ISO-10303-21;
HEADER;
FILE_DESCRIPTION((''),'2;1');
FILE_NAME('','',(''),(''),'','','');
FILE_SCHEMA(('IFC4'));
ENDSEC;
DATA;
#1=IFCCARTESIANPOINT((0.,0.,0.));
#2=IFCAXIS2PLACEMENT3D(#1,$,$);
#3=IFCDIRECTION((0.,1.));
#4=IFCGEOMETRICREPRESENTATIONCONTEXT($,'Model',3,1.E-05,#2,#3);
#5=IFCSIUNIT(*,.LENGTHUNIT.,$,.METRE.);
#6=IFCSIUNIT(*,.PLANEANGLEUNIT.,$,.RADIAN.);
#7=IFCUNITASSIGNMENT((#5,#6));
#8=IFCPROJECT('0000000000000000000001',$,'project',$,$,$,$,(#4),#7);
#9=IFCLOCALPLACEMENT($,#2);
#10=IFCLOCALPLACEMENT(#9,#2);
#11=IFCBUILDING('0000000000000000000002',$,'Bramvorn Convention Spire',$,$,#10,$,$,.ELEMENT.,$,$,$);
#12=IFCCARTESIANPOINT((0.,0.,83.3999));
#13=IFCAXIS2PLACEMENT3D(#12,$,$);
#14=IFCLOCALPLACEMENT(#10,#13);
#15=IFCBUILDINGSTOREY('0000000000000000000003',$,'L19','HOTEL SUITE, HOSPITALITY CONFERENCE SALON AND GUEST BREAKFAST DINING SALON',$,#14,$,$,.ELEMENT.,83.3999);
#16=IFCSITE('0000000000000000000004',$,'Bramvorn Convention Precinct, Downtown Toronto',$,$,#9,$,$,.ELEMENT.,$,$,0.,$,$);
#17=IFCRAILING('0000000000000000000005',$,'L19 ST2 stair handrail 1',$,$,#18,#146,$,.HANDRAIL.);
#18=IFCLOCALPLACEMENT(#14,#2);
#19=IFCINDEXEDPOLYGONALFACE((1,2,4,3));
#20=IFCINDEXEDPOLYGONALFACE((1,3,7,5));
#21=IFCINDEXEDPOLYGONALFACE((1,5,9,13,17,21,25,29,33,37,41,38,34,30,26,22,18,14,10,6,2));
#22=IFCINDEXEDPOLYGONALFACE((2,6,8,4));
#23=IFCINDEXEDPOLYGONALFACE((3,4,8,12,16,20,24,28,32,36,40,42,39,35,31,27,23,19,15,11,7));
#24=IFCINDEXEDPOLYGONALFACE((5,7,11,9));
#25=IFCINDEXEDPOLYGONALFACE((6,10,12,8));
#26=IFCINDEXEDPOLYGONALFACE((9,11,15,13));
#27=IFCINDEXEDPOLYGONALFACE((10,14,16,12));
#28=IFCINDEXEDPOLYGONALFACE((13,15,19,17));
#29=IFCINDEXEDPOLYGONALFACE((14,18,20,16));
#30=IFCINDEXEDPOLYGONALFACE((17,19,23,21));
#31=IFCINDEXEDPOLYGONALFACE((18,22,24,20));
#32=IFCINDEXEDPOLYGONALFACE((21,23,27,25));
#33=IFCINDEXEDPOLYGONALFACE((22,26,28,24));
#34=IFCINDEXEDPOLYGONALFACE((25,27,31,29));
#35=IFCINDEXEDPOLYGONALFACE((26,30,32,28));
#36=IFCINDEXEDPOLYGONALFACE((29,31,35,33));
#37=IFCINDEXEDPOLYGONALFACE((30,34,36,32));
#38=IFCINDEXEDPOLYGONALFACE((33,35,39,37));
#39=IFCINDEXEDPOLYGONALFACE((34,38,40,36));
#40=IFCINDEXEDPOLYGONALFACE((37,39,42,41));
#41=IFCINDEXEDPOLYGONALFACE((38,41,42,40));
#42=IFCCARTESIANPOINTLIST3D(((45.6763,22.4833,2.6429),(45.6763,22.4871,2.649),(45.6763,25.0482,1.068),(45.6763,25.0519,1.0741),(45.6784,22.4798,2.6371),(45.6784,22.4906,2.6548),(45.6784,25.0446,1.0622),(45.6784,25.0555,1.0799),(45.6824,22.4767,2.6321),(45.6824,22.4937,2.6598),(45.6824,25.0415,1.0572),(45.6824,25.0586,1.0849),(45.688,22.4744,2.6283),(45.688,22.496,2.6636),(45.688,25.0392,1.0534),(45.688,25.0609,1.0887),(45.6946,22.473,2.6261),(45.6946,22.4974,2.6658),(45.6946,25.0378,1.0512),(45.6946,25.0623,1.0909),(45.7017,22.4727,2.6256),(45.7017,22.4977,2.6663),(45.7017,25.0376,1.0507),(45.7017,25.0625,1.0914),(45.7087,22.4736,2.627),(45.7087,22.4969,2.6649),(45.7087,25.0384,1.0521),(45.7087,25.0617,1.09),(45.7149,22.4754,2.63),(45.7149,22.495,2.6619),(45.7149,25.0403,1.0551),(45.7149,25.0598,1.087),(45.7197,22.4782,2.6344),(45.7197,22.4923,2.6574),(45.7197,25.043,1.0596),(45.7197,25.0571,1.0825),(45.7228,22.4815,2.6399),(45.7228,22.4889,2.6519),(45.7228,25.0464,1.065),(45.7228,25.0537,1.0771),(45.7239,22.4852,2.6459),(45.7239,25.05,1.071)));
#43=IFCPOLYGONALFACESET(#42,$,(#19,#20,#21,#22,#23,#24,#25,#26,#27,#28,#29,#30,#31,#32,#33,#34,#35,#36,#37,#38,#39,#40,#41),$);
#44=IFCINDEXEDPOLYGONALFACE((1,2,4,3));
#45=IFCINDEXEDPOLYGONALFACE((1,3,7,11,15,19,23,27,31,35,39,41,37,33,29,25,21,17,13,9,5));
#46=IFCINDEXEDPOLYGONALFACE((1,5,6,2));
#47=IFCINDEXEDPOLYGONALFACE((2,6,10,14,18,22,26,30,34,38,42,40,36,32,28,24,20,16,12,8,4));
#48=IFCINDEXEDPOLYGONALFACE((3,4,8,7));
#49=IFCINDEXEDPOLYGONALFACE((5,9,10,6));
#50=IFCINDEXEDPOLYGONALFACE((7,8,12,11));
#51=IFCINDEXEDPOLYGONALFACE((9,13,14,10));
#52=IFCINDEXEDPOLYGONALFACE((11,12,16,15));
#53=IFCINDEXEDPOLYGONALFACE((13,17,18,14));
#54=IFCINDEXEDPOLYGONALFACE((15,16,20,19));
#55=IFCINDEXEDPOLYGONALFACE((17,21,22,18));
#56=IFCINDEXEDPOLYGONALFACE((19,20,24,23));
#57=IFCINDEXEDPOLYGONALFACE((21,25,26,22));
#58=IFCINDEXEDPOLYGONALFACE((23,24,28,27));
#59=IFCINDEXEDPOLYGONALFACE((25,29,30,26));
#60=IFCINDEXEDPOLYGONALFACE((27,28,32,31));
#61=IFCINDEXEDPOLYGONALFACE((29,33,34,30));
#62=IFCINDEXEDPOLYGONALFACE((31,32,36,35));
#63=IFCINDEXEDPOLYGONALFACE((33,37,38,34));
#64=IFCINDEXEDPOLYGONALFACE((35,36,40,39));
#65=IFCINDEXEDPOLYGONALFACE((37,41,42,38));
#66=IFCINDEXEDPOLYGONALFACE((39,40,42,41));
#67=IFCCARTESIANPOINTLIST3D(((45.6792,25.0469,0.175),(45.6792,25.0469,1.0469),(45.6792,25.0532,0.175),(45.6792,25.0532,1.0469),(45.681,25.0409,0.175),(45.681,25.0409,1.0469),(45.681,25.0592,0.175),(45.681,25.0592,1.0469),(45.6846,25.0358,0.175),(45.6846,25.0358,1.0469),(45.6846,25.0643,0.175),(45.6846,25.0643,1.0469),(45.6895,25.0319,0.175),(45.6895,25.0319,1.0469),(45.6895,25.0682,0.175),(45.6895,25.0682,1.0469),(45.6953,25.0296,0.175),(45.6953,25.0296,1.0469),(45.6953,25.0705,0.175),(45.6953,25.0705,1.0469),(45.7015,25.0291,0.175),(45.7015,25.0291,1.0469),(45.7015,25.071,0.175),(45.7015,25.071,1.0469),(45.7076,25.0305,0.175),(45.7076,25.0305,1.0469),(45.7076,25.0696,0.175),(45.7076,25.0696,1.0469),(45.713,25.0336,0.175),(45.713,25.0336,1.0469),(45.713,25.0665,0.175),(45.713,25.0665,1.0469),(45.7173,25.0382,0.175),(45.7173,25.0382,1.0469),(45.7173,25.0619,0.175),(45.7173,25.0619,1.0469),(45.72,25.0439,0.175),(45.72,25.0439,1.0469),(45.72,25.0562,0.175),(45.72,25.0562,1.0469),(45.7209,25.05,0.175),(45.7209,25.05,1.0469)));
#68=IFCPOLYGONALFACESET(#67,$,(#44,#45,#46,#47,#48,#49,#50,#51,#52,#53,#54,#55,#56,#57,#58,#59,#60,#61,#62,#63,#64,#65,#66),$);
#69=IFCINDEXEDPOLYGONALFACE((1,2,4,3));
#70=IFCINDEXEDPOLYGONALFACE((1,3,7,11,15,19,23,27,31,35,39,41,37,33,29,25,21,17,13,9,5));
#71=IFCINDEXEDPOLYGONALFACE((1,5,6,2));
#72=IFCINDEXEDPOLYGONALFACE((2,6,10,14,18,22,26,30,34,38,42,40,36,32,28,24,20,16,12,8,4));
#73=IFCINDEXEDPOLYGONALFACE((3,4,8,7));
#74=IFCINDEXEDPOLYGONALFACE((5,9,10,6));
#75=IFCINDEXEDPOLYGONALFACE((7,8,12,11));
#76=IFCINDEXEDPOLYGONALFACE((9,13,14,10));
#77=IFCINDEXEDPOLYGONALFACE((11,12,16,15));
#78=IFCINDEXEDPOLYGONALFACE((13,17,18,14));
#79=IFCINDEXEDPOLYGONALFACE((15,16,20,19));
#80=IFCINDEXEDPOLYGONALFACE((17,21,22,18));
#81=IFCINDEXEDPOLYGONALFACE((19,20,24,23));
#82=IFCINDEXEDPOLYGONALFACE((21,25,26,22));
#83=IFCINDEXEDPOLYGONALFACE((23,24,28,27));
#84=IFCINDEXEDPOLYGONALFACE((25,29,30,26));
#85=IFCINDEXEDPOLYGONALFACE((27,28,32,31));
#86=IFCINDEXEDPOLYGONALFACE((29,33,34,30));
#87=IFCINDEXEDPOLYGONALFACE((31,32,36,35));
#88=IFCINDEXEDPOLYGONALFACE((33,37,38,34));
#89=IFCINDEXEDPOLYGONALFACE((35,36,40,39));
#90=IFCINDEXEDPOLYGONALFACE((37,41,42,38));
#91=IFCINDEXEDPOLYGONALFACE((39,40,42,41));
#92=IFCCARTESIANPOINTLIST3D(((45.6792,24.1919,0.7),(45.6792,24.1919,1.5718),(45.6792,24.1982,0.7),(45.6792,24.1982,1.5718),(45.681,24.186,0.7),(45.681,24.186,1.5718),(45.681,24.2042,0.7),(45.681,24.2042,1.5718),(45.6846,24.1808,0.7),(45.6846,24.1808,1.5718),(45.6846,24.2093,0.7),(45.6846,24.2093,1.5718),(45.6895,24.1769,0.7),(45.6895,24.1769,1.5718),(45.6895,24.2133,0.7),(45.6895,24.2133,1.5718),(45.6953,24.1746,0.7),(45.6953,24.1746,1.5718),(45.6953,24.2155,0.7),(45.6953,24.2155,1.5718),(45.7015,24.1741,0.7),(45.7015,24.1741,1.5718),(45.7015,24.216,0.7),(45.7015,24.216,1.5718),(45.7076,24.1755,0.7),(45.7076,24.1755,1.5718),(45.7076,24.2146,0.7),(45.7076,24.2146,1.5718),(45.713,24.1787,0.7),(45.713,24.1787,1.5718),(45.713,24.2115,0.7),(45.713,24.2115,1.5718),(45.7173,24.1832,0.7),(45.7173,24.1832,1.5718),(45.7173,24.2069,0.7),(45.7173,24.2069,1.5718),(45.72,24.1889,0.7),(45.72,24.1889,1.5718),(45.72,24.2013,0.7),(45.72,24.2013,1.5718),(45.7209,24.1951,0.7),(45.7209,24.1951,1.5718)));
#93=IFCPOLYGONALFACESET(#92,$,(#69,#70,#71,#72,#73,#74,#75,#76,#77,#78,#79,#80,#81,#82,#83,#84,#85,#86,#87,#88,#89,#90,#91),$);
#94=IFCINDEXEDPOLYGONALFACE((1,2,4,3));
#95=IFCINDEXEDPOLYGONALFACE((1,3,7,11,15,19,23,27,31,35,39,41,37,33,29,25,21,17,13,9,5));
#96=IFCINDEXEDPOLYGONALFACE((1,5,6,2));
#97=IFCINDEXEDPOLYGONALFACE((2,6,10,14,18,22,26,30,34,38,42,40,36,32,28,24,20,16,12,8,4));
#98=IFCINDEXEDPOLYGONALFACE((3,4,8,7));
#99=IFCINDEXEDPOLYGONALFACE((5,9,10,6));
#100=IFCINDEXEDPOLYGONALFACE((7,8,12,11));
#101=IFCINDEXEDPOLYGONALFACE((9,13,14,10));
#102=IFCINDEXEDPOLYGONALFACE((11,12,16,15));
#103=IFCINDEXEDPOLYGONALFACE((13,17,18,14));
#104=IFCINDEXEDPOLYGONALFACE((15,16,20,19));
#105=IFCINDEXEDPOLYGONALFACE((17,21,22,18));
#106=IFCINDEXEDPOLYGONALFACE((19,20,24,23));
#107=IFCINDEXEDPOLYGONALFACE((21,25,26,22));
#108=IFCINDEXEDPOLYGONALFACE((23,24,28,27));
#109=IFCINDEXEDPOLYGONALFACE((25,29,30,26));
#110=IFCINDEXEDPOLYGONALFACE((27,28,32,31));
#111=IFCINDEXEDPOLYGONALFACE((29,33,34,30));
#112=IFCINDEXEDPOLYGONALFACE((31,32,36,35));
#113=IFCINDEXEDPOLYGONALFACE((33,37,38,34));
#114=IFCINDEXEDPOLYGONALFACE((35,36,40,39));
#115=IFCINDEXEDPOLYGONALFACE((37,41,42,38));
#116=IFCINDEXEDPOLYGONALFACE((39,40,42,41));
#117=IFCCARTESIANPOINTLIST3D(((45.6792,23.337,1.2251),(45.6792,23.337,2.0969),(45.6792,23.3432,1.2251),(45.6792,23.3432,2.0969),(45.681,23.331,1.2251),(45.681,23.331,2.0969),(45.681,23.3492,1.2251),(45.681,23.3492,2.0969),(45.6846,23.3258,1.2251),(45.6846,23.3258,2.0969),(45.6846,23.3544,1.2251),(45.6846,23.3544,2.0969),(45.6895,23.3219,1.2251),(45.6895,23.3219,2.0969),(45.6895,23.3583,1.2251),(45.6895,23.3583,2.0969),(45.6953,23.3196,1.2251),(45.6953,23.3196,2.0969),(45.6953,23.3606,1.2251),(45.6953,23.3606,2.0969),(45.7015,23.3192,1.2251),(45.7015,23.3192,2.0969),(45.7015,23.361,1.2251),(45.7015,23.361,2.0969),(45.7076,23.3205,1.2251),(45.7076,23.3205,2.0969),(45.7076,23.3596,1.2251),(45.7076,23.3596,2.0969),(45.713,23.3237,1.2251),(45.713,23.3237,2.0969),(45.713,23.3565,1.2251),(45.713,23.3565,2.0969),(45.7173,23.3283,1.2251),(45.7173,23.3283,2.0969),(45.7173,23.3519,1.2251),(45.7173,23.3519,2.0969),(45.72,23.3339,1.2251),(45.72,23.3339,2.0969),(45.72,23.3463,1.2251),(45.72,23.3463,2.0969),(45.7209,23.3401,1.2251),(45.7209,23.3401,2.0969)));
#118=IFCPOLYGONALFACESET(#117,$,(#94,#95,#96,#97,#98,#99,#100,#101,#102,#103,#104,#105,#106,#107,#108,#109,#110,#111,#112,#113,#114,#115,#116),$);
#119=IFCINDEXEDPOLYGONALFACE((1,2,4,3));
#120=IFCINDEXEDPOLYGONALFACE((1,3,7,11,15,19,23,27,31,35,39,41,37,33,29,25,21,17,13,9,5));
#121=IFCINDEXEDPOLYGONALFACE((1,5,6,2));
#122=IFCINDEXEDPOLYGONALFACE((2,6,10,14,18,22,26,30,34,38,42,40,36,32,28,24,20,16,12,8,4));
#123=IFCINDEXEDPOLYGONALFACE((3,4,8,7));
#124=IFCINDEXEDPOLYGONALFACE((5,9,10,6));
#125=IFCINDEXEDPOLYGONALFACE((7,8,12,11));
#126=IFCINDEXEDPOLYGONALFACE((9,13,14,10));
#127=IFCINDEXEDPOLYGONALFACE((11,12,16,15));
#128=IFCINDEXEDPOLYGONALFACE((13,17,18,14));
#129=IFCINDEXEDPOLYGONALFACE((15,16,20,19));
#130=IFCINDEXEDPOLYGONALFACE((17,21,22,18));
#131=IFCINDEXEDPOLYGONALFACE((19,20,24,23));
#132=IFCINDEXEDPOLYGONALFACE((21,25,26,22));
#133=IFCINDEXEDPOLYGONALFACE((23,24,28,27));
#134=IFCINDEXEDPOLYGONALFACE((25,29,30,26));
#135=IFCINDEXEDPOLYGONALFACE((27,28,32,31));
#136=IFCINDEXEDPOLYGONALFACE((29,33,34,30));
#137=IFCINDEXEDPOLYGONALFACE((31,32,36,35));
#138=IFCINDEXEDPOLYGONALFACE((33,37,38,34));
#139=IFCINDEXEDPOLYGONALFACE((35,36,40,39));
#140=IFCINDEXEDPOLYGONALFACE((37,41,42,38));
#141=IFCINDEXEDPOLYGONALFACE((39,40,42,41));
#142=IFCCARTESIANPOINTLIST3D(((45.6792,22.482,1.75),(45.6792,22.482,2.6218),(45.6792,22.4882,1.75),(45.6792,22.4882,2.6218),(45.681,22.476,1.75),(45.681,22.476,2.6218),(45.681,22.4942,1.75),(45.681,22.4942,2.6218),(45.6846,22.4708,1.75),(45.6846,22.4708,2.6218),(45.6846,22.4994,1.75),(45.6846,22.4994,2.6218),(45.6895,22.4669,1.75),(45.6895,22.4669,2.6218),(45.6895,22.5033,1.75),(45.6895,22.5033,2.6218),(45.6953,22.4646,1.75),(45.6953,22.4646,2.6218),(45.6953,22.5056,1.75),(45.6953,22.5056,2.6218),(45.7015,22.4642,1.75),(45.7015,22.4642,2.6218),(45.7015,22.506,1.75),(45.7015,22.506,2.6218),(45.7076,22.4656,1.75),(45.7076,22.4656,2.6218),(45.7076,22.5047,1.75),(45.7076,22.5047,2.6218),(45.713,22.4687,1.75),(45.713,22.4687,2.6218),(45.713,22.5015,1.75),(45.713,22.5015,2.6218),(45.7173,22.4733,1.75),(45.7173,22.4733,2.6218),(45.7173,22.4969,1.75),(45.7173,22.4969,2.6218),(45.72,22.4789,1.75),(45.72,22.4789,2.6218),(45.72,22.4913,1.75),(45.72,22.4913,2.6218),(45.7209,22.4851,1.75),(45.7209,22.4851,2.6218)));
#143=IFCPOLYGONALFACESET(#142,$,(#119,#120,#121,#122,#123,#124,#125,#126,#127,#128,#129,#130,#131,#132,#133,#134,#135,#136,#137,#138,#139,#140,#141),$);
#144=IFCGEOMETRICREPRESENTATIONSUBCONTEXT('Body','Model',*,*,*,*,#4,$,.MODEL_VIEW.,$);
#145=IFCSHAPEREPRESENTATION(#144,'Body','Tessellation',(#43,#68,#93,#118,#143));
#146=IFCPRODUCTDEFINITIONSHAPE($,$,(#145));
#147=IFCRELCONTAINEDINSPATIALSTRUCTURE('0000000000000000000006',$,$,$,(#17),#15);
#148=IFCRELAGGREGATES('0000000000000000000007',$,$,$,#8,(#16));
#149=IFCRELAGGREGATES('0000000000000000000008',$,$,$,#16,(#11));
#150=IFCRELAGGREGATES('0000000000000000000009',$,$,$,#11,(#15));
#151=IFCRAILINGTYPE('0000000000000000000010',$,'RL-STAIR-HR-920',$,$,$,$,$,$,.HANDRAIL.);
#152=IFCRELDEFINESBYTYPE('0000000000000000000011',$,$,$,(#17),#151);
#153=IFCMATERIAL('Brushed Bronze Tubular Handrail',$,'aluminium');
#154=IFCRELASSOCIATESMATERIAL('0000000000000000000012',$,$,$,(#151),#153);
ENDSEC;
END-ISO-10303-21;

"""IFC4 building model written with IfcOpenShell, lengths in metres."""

from ifc_helpers import new_model, si_unit, direction, frame, origin, origin_2d, place, context, subcontext, project, spatial, circle, extrude, material, type_object, element, save


model = new_model("IFC4")

# Units and contexts
model_context = context("Model", 3, precision=1e-05, world=origin(), true_north=direction((0.0, 1.0)))
body_context = subcontext(model_context, "Body", "Model", "MODEL_VIEW")
ifc_project = project(units=[si_unit("LENGTHUNIT", "METRE"), si_unit("PLANEANGLEUNIT", "RADIAN")], contexts=[model_context])

# Site, building, storey
site_placement = place(None, origin())
site = spatial("IfcSite", under=ifc_project, at=site_placement, Name="Bramvorn Convention Precinct, Downtown Toronto", CompositionType="ELEMENT", RefElevation=0.0)
building_placement = place(site_placement, origin())
building = spatial("IfcBuilding", under=site, at=building_placement, Name="Bramvorn Convention Spire", CompositionType="ELEMENT")
storey_placement = place(building_placement, frame((0.0, 0.0, 83.3999)))
storey = spatial("IfcBuildingStorey", under=building, at=storey_placement, Name="L19", Description="HOTEL SUITE, HOSPITALITY CONFERENCE SALON AND GUEST BREAKFAST DINING SALON", CompositionType="ELEMENT", Elevation=83.3999)

# Railing
ifc_material_1 = material(Name="Brushed Bronze Tubular Handrail", Category="aluminium")
railing_type_1 = type_object("IfcRailingType", Name="RL-STAIR-HR-920", PredefinedType="HANDRAIL", material=ifc_material_1)
railing_1_placement = place(storey_placement, frame((45.7, 25.05, 0.175)))
element("IfcRailing", 1, at=railing_1_placement, inside=storey, type_object=railing_type_1, Name="L19 ST2 stair handrail 1", PredefinedType="HANDRAIL", context=body_context, shape_type="SweptSolid", body=[
    extrude(circle(Radius=0.0239, at=origin_2d()), frame((0.0, 0.0, 0.896), z_axis=(0.0, -0.852173, 0.52326), x_axis=(1.0, 0.0, 0.0)), (0.0, 0.0, 1.0), 3.0098),
    extrude(circle(Radius=0.021, at=origin_2d()), origin(), (0.0, 0.0, 1.0), 0.8718),
    extrude(circle(Radius=0.021, at=origin_2d()), frame((0.0, -0.855, 0.5249)), (0.0, 0.0, 1.0), 0.8718),
    extrude(circle(Radius=0.021, at=origin_2d()), frame((0.0, -1.71, 1.05)), (0.0, 0.0, 1.0), 0.8718),
    extrude(circle(Radius=0.021, at=origin_2d()), frame((0.0, -2.5649, 1.575)), (0.0, 0.0, 1.0), 0.8718),
])

save(model, "model.ifc")
